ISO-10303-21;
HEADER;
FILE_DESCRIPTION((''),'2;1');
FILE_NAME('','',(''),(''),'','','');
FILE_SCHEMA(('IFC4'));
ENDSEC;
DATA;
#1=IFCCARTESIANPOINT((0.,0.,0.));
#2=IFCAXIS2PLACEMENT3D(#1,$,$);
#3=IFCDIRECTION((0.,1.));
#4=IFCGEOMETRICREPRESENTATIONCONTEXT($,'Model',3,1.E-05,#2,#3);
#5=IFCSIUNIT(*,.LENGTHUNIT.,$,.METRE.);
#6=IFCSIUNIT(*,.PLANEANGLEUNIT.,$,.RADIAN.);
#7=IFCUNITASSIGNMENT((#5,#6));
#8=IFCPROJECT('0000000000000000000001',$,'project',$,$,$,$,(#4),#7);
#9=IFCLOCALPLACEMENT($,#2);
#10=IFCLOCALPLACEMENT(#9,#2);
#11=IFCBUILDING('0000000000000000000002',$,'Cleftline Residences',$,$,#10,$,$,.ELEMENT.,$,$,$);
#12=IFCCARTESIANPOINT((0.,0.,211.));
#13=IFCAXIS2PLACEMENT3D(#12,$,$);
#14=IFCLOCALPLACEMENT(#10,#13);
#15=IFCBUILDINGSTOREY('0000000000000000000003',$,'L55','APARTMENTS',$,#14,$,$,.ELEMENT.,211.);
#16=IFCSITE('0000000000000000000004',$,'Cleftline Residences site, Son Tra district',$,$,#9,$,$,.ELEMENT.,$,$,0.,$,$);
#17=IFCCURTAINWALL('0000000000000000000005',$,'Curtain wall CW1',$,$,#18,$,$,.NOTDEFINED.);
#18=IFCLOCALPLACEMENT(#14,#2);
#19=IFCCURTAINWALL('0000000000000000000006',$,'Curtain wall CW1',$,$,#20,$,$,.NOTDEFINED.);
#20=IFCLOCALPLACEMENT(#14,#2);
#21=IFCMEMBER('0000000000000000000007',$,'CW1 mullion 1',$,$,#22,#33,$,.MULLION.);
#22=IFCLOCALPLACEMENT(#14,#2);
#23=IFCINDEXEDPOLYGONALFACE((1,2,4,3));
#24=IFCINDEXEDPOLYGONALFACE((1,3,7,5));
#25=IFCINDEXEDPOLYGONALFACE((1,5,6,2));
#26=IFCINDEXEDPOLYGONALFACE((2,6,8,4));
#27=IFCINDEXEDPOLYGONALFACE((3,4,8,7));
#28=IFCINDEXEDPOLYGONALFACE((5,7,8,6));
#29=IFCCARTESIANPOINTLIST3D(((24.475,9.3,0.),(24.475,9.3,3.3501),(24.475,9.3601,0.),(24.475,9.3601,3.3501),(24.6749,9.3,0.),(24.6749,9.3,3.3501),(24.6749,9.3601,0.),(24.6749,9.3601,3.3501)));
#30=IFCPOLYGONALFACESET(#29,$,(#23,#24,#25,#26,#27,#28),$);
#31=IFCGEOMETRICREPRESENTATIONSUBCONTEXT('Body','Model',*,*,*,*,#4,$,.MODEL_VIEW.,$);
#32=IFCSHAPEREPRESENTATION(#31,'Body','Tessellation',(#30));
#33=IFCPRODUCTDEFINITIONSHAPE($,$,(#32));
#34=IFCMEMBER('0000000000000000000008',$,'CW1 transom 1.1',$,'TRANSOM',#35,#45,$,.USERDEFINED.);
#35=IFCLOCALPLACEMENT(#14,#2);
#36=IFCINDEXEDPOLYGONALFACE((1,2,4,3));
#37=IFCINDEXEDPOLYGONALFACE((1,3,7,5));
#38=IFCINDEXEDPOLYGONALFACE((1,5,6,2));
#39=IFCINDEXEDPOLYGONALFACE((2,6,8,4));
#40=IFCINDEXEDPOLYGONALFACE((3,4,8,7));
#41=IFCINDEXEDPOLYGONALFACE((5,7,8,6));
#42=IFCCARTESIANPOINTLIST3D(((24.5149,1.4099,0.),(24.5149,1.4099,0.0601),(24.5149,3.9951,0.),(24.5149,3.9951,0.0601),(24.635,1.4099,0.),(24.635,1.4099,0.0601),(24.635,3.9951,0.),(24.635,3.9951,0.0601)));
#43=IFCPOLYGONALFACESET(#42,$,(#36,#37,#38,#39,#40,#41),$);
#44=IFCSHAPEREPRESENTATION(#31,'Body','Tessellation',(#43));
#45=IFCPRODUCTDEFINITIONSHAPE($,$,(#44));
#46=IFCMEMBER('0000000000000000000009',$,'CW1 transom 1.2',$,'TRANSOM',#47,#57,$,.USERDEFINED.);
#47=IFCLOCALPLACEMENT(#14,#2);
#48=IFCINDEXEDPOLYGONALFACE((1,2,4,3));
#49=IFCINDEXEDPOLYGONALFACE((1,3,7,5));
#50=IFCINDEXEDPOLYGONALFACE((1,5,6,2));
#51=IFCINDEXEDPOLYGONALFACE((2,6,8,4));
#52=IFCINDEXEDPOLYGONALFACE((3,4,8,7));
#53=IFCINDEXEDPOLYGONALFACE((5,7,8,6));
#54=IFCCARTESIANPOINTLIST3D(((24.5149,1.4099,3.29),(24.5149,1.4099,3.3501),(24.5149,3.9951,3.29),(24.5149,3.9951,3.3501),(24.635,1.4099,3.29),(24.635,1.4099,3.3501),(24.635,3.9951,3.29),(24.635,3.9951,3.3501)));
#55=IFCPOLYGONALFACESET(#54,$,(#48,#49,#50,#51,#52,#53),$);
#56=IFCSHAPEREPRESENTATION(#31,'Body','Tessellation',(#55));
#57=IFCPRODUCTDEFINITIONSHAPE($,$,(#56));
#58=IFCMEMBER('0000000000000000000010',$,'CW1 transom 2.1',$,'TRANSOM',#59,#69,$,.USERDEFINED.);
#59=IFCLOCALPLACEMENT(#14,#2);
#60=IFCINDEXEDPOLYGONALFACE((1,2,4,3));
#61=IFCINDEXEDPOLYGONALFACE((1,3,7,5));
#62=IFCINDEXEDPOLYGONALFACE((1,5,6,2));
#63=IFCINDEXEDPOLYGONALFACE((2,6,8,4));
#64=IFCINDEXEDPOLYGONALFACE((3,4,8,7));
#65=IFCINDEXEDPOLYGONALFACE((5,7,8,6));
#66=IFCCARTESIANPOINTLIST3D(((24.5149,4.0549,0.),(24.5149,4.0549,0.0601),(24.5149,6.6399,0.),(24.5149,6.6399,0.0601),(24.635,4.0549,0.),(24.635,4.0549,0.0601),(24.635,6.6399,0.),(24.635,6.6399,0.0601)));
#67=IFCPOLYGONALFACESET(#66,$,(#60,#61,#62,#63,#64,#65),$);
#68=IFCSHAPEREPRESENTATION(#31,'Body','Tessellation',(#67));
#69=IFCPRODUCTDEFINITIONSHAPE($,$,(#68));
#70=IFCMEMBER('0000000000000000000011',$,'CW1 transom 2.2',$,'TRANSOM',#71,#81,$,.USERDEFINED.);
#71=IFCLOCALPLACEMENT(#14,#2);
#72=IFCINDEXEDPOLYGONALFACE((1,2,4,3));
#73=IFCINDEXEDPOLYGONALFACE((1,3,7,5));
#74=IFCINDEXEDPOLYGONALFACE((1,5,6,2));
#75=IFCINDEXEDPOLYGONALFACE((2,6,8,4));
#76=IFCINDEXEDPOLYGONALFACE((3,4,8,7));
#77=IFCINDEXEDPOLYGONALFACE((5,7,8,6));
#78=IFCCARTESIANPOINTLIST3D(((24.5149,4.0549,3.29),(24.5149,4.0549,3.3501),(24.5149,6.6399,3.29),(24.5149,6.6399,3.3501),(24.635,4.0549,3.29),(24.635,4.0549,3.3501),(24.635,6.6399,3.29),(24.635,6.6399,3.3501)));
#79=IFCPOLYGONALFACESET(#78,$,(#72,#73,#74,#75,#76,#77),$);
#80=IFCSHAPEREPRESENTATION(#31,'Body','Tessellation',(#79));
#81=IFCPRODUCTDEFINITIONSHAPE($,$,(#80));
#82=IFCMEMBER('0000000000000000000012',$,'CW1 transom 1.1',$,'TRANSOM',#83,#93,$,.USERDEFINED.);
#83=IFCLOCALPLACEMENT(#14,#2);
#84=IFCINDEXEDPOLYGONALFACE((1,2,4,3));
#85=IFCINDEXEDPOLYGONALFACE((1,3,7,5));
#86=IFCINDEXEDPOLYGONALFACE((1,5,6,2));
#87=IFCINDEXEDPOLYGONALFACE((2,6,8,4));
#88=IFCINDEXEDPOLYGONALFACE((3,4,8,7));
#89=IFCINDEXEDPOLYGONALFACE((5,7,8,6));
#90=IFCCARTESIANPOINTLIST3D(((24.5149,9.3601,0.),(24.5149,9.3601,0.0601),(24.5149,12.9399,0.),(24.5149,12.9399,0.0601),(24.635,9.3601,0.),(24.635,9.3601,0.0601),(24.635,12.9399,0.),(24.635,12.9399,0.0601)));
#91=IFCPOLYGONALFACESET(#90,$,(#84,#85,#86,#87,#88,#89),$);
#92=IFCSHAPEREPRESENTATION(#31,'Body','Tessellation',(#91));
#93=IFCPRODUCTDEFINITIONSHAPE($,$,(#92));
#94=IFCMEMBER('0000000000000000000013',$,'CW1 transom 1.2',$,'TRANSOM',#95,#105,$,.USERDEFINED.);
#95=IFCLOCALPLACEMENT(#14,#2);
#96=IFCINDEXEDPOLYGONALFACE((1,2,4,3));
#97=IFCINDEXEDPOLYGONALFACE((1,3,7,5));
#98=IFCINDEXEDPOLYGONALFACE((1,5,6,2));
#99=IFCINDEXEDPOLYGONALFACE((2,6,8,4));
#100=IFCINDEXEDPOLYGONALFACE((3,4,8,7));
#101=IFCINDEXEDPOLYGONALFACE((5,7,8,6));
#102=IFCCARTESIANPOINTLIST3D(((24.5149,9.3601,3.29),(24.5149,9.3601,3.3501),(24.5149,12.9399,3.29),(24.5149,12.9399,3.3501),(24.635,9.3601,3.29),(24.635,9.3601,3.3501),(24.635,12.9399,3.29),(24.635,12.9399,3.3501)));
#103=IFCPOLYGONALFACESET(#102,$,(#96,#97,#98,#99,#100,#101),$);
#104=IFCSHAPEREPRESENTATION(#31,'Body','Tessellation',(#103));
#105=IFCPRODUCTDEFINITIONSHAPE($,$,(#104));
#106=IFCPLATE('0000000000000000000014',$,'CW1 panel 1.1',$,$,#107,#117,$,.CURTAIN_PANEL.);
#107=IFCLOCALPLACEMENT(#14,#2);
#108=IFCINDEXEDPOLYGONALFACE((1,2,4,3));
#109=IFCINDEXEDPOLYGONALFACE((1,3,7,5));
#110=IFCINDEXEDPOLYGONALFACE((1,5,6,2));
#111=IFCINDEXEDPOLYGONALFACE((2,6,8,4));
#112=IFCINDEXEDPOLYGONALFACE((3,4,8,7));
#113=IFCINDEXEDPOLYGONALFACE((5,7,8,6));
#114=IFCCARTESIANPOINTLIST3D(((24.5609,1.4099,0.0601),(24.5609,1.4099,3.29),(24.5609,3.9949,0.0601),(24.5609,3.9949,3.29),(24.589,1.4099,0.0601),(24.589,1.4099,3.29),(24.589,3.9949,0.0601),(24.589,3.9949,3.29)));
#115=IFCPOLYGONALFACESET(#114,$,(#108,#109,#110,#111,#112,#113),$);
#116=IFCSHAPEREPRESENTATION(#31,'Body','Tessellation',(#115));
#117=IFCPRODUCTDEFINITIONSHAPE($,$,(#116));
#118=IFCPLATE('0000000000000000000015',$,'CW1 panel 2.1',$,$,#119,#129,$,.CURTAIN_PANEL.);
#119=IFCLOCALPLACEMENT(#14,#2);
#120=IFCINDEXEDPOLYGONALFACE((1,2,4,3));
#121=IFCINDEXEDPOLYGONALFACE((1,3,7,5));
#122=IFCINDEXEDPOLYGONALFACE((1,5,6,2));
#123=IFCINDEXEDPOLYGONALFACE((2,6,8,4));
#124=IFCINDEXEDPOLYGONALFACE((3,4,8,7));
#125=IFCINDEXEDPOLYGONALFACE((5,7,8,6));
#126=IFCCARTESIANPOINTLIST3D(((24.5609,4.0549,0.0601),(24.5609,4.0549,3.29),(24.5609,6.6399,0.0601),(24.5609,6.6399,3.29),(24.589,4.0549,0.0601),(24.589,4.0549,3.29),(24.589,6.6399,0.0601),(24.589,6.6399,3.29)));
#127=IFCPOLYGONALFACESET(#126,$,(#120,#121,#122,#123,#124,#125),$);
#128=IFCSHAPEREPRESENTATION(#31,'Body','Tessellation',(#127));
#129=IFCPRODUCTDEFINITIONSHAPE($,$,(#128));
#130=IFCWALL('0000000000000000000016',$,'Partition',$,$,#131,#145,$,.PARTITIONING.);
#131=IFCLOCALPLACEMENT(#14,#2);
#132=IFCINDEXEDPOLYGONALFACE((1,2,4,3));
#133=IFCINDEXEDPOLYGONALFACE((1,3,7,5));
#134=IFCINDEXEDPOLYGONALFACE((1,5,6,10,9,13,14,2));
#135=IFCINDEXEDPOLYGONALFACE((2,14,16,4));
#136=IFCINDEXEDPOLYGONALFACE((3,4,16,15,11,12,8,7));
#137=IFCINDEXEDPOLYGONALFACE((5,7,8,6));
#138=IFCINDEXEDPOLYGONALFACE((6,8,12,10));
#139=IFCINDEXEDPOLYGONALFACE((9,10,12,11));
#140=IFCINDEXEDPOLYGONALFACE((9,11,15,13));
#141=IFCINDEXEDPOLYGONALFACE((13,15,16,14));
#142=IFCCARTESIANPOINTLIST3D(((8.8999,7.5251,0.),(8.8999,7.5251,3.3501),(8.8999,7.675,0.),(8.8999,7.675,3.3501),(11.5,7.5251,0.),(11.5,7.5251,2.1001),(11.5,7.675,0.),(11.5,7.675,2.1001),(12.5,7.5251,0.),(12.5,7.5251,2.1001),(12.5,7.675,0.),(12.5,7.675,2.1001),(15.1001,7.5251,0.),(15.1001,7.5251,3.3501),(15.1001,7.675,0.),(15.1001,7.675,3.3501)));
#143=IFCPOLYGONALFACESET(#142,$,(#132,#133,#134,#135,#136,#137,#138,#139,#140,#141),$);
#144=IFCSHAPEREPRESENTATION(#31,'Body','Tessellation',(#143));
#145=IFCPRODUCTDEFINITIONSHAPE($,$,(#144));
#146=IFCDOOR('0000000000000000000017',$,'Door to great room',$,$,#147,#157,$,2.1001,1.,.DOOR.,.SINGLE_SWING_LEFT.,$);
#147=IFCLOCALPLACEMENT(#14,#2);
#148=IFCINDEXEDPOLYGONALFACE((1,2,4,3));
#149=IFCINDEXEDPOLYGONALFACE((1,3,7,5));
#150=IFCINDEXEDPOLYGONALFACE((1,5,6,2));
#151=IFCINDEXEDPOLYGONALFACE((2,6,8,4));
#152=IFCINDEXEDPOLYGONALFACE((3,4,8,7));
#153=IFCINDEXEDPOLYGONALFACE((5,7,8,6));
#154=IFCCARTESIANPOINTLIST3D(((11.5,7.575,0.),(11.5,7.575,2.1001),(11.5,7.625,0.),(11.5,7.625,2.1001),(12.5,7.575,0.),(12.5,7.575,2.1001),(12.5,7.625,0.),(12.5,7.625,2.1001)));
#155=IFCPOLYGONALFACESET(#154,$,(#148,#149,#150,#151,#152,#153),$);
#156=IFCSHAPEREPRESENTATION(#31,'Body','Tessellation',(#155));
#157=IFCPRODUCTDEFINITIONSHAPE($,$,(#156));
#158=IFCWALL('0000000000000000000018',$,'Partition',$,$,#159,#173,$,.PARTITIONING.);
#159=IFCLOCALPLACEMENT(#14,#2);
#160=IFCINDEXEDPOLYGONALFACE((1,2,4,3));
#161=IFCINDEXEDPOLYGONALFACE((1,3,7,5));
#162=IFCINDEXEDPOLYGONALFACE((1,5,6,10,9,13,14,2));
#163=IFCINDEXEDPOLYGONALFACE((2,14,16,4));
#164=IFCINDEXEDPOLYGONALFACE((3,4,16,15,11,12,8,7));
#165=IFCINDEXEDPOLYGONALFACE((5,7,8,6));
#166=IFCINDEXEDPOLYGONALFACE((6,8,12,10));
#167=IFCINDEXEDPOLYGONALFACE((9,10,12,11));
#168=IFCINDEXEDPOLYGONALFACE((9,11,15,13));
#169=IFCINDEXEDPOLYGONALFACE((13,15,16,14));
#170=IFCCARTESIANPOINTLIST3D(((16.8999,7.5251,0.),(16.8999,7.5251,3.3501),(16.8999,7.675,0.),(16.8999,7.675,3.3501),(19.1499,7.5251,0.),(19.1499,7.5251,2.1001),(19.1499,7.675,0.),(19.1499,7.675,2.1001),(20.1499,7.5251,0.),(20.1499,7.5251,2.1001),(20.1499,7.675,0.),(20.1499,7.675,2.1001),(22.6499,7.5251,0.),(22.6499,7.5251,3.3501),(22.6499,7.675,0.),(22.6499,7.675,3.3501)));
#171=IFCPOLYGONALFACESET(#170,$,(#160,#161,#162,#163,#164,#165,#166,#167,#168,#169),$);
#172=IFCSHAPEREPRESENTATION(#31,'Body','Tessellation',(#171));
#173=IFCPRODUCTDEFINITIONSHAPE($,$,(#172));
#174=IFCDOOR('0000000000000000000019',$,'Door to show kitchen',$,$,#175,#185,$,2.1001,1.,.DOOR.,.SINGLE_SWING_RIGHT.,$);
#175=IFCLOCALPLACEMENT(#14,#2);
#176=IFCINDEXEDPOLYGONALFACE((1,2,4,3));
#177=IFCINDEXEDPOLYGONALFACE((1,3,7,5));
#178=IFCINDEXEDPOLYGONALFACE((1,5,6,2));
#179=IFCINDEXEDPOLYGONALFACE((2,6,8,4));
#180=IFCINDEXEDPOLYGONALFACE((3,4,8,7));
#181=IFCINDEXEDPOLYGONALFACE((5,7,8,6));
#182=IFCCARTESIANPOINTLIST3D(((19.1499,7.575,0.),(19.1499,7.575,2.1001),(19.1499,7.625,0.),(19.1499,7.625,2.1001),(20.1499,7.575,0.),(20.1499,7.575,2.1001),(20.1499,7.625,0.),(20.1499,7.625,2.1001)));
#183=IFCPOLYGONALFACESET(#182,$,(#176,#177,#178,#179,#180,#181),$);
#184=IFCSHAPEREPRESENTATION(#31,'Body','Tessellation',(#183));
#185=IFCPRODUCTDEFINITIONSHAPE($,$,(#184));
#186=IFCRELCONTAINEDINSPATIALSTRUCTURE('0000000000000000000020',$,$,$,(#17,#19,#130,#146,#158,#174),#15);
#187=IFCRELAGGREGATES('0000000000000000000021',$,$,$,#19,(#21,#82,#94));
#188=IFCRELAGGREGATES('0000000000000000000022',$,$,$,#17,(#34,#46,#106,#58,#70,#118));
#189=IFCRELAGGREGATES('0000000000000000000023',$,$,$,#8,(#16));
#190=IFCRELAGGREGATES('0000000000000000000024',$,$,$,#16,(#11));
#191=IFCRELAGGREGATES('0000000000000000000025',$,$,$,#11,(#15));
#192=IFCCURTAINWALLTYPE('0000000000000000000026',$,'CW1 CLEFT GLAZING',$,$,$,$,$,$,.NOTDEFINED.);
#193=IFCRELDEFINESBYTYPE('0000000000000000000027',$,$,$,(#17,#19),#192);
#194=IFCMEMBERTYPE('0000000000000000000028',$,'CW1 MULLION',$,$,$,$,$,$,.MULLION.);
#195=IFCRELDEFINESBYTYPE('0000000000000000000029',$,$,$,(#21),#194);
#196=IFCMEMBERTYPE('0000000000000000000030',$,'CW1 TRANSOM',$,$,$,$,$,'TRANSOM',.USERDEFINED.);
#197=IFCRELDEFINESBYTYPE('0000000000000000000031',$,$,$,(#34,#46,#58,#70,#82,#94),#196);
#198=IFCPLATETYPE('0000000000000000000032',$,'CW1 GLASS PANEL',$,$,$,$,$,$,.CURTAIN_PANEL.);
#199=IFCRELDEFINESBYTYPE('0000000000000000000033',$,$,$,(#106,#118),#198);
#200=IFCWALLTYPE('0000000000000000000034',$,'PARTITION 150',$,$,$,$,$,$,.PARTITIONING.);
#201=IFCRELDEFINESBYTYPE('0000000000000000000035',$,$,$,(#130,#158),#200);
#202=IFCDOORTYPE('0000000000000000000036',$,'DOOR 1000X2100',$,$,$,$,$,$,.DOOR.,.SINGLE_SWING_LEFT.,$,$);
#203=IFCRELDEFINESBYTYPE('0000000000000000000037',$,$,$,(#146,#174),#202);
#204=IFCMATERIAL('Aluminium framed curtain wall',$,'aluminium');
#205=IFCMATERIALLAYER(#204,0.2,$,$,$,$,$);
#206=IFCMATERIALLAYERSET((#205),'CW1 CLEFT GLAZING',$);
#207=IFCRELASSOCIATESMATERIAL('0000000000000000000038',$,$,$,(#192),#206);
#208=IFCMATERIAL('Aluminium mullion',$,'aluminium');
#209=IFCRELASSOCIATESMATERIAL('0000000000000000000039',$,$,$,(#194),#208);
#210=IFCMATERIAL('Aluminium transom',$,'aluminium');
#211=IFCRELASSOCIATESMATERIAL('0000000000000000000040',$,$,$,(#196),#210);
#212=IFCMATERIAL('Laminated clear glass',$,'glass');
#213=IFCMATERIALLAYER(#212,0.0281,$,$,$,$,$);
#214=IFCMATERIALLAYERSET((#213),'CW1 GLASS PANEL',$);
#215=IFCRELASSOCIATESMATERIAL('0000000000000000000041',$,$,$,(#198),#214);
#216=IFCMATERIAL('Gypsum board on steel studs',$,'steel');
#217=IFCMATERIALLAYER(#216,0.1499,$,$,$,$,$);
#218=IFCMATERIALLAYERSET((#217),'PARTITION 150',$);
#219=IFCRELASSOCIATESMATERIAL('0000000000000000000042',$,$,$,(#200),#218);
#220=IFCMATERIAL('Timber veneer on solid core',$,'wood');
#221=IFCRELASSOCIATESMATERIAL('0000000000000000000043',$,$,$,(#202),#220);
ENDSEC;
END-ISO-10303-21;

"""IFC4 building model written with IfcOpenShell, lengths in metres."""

from ifc_helpers import new_model, si_unit, direction, frame, frame_2d, origin, origin_2d, place, context, subcontext, project, spatial, rectangle, extrude, material, layer, layer_set, material_profile, profile_set, type_object, element, fill, aggregate, save


model = new_model("IFC4")

# Units and contexts
model_context = context("Model", 3, precision=1e-05, world=origin(), true_north=direction((0.0, 1.0)))
body_context = subcontext(model_context, "Body", "Model", "MODEL_VIEW")
ifc_project = project(units=[si_unit("LENGTHUNIT", "METRE"), si_unit("PLANEANGLEUNIT", "RADIAN")], contexts=[model_context])

# Site, building, storey
site_placement = place(None, origin())
site = spatial("IfcSite", under=ifc_project, at=site_placement, Name="Cleftline Residences site, Son Tra district", CompositionType="ELEMENT", RefElevation=0.0)
building_placement = place(site_placement, origin())
building = spatial("IfcBuilding", under=site, at=building_placement, Name="Cleftline Residences", CompositionType="ELEMENT")
storey_placement = place(building_placement, frame((0.0, 0.0, 211.0)))
storey = spatial("IfcBuildingStorey", under=building, at=storey_placement, Name="L55", Description="APARTMENTS", CompositionType="ELEMENT", Elevation=211.0)

# Curtain wall
ifc_material_1 = material(Name="Aluminium framed curtain wall", Category="aluminium")
ifc_layer_1 = layer(ifc_material_1, 0.2)
ifc_layer_set_1 = layer_set([ifc_layer_1], Name="CW1 CLEFT GLAZING")
curtain_wall_type = type_object("IfcCurtainWallType", Name="CW1 CLEFT GLAZING", PredefinedType="NOTDEFINED", material=ifc_layer_set_1)
curtain_wall_1_placement = place(storey_placement, origin())
curtain_wall_1 = element("IfcCurtainWall", 1, at=curtain_wall_1_placement, inside=storey, type_object=curtain_wall_type, Name="Curtain wall CW1", PredefinedType="NOTDEFINED")
ifc_material_2 = material(Name="Aluminium mullion", Category="aluminium")
ifc_material_profile_1 = material_profile(ifc_material_2, rectangle(XDim=0.2, YDim=0.0601, at=origin_2d()))
ifc_profile_set_1 = profile_set([ifc_material_profile_1], Name="Aluminium mullion")
member_type_1 = type_object("IfcMemberType", Name="CW1 MULLION", PredefinedType="MULLION", material=ifc_profile_set_1)

# Curtain wall, member
curtain_wall_2_placement = place(storey_placement, origin())
curtain_wall_2 = element("IfcCurtainWall", 2, at=curtain_wall_2_placement, inside=storey, type_object=curtain_wall_type, Name="Curtain wall CW1", PredefinedType="NOTDEFINED")
member_1_placement = place(storey_placement, frame((24.575, 9.3301, 0.0), z_axis=(0.0, 0.0, 1.0), x_axis=(-1.0, 0.0, 0.0)))
member_1 = element("IfcMember", 3, at=member_1_placement, type_object=member_type_1, Name="CW1 mullion 1", PredefinedType="MULLION", context=body_context, shape_type="SweptSolid", body=[
    extrude(rectangle(XDim=0.2, YDim=0.0601, at=origin_2d()), origin(), (0.0, 0.0, 1.0), 3.3501),
])

# Members
ifc_material_3 = material(Name="Aluminium transom", Category="aluminium")
ifc_material_profile_2 = material_profile(ifc_material_3, rectangle(XDim=0.1201, YDim=0.0601, at=origin_2d()))
ifc_profile_set_2 = profile_set([ifc_material_profile_2], Name="Aluminium transom")
member_type_2 = type_object("IfcMemberType", Name="CW1 TRANSOM", ElementType="TRANSOM", PredefinedType="USERDEFINED", material=ifc_profile_set_2)
member_2_placement = place(storey_placement, frame((24.575, 1.4099, 0.03), z_axis=(0.0, 1.0, 0.0), x_axis=(-1.0, 0.0, 0.0)))
member_2 = element("IfcMember", 4, at=member_2_placement, type_object=member_type_2, Name="CW1 transom 1.1", ObjectType="TRANSOM", PredefinedType="USERDEFINED", context=body_context, shape_type="SweptSolid", body=[
    extrude(rectangle(XDim=0.1201, YDim=0.0601, at=origin_2d()), origin(), (0.0, 0.0, 1.0), 2.5852),
])
member_3_placement = place(storey_placement, frame((24.575, 1.4099, 3.3201), z_axis=(0.0, 1.0, 0.0), x_axis=(-1.0, 0.0, 0.0)))
member_3 = element("IfcMember", 5, at=member_3_placement, type_object=member_type_2, Name="CW1 transom 1.2", ObjectType="TRANSOM", PredefinedType="USERDEFINED", context=body_context, shape_type="SweptSolid", body=[
    extrude(rectangle(XDim=0.1201, YDim=0.0601, at=origin_2d()), origin(), (0.0, 0.0, 1.0), 2.5852),
])
member_4_placement = place(storey_placement, frame((24.575, 4.0549, 0.03), z_axis=(0.0, 1.0, 0.0), x_axis=(-1.0, 0.0, 0.0)))
member_4 = element("IfcMember", 6, at=member_4_placement, type_object=member_type_2, Name="CW1 transom 2.1", ObjectType="TRANSOM", PredefinedType="USERDEFINED", context=body_context, shape_type="SweptSolid", body=[
    extrude(rectangle(XDim=0.1201, YDim=0.0601, at=origin_2d()), origin(), (0.0, 0.0, 1.0), 2.585),
])
member_5_placement = place(storey_placement, frame((24.575, 4.0549, 3.3201), z_axis=(0.0, 1.0, 0.0), x_axis=(-1.0, 0.0, 0.0)))
member_5 = element("IfcMember", 7, at=member_5_placement, type_object=member_type_2, Name="CW1 transom 2.2", ObjectType="TRANSOM", PredefinedType="USERDEFINED", context=body_context, shape_type="SweptSolid", body=[
    extrude(rectangle(XDim=0.1201, YDim=0.0601, at=origin_2d()), origin(), (0.0, 0.0, 1.0), 2.585),
])
member_6_placement = place(storey_placement, frame((24.575, 9.3601, 0.03), z_axis=(0.0, 1.0, 0.0), x_axis=(-1.0, 0.0, 0.0)))
member_6 = element("IfcMember", 8, at=member_6_placement, type_object=member_type_2, Name="CW1 transom 1.1", ObjectType="TRANSOM", PredefinedType="USERDEFINED", context=body_context, shape_type="SweptSolid", body=[
    extrude(rectangle(XDim=0.1201, YDim=0.0601, at=origin_2d()), origin(), (0.0, 0.0, 1.0), 3.5798),
])
member_7_placement = place(storey_placement, frame((24.575, 9.3601, 3.3201), z_axis=(0.0, 1.0, 0.0), x_axis=(-1.0, 0.0, 0.0)))
member_7 = element("IfcMember", 9, at=member_7_placement, type_object=member_type_2, Name="CW1 transom 1.2", ObjectType="TRANSOM", PredefinedType="USERDEFINED", context=body_context, shape_type="SweptSolid", body=[
    extrude(rectangle(XDim=0.1201, YDim=0.0601, at=origin_2d()), origin(), (0.0, 0.0, 1.0), 3.5798),
])
aggregate(curtain_wall_2, [member_1, member_6, member_7])

# Plates
ifc_material_4 = material(Name="Laminated clear glass", Category="glass")
ifc_layer_2 = layer(ifc_material_4, 0.0281)
ifc_layer_set_2 = layer_set([ifc_layer_2], Name="CW1 GLASS PANEL")
plate_type = type_object("IfcPlateType", Name="CW1 GLASS PANEL", PredefinedType="CURTAIN_PANEL", material=ifc_layer_set_2)
plate_1_placement = place(storey_placement, frame((24.575, 2.7024, 0.0601), z_axis=(0.0, 0.0, 1.0), x_axis=(0.0, 1.0, 0.0)))
plate_1 = element("IfcPlate", 10, at=plate_1_placement, type_object=plate_type, Name="CW1 panel 1.1", PredefinedType="CURTAIN_PANEL", context=body_context, shape_type="SweptSolid", body=[
    extrude(rectangle(XDim=2.585, YDim=0.0281, at=origin_2d()), origin(), (0.0, 0.0, 1.0), 3.23),
])
plate_2_placement = place(storey_placement, frame((24.575, 5.3474, 0.0601), z_axis=(0.0, 0.0, 1.0), x_axis=(0.0, 1.0, 0.0)))
plate_2 = element("IfcPlate", 11, at=plate_2_placement, type_object=plate_type, Name="CW1 panel 2.1", PredefinedType="CURTAIN_PANEL", context=body_context, shape_type="SweptSolid", body=[
    extrude(rectangle(XDim=2.585, YDim=0.0281, at=origin_2d()), origin(), (0.0, 0.0, 1.0), 3.23),
])
aggregate(curtain_wall_1, [member_2, member_3, plate_1, member_4, member_5, plate_2])

# Walls, openings, doors
ifc_material_5 = material(Name="Gypsum board on steel studs", Category="steel")
ifc_layer_3 = layer(ifc_material_5, 0.1499)
ifc_layer_set_3 = layer_set([ifc_layer_3], Name="PARTITION 150")
wall_type = type_object("IfcWallType", Name="PARTITION 150", PredefinedType="PARTITIONING", material=ifc_layer_set_3)
wall_1_placement = place(storey_placement, frame((8.8999, 7.6001, 0.0), z_axis=(0.0, 0.0, 1.0), x_axis=(1.0, 0.0, 0.0)))
wall_1 = element("IfcWall", 12, at=wall_1_placement, inside=storey, type_object=wall_type, Name="Partition", PredefinedType="PARTITIONING", context=body_context, shape_type="SweptSolid", body=[
    extrude(rectangle(XDim=6.2002, YDim=0.1499, at=frame_2d((3.1001, 0.0))), origin(), (0.0, 0.0, 1.0), 3.3501),
])
opening_1_placement = place(wall_1_placement, frame((2.6001, 0.0, 0.0)))
opening_1 = element("IfcOpeningElement", 13, at=opening_1_placement, cuts=wall_1, PredefinedType="OPENING", context=body_context, shape_type="SweptSolid", body=[
    extrude(rectangle(XDim=1.0, YDim=2.1001, at=frame_2d((0.5, 1.05))), frame((0.0, 0.085, 0.0), z_axis=(0.0, -1.0, 0.0), x_axis=(1.0, 0.0, 0.0)), (0.0, 0.0, 1.0), 0.1699),
])
ifc_material_6 = material(Name="Timber veneer on solid core", Category="wood")
door_type_1 = type_object("IfcDoorType", Name="DOOR 1000X2100", OperationType="SINGLE_SWING_LEFT", PredefinedType="DOOR", material=ifc_material_6)
door_1_placement = place(opening_1_placement, origin())
door_1 = element("IfcDoor", 14, at=door_1_placement, inside=storey, type_object=door_type_1, Name="Door to great room", OperationType="SINGLE_SWING_LEFT", OverallHeight=2.1001, OverallWidth=1.0, PredefinedType="DOOR", context=body_context, shape_type="SweptSolid", body=[
    extrude(rectangle(XDim=1.0, YDim=2.1001, at=frame_2d((0.5, 1.05))), frame((0.0, 0.0249, 0.0), z_axis=(0.0, -1.0, 0.0), x_axis=(1.0, 0.0, 0.0)), (0.0, 0.0, 1.0), 0.05),
])
fill(opening_1, door_1)
wall_2_placement = place(storey_placement, frame((16.8999, 7.6001, 0.0), z_axis=(0.0, 0.0, 1.0), x_axis=(1.0, 0.0, 0.0)))
wall_2 = element("IfcWall", 15, at=wall_2_placement, inside=storey, type_object=wall_type, Name="Partition", PredefinedType="PARTITIONING", context=body_context, shape_type="SweptSolid", body=[
    extrude(rectangle(XDim=5.75, YDim=0.1499, at=frame_2d((2.875, 0.0))), origin(), (0.0, 0.0, 1.0), 3.3501),
])
opening_2_placement = place(wall_2_placement, frame((2.25, 0.0, 0.0)))
opening_2 = element("IfcOpeningElement", 16, at=opening_2_placement, cuts=wall_2, PredefinedType="OPENING", context=body_context, shape_type="SweptSolid", body=[
    extrude(rectangle(XDim=1.0, YDim=2.1001, at=frame_2d((0.5, 1.05))), frame((0.0, 0.085, 0.0), z_axis=(0.0, -1.0, 0.0), x_axis=(1.0, 0.0, 0.0)), (0.0, 0.0, 1.0), 0.1699),
])
door_2_placement = place(opening_2_placement, origin())
door_2 = element("IfcDoor", 17, at=door_2_placement, inside=storey, type_object=door_type_1, Name="Door to show kitchen", OperationType="SINGLE_SWING_RIGHT", OverallHeight=2.1001, OverallWidth=1.0, PredefinedType="DOOR", context=body_context, shape_type="SweptSolid", body=[
    extrude(rectangle(XDim=1.0, YDim=2.1001, at=frame_2d((0.5, 1.05))), frame((0.0, 0.0249, 0.0), z_axis=(0.0, -1.0, 0.0), x_axis=(1.0, 0.0, 0.0)), (0.0, 0.0, 1.0), 0.05),
])
fill(opening_2, door_2)

save(model, "model.ifc")
